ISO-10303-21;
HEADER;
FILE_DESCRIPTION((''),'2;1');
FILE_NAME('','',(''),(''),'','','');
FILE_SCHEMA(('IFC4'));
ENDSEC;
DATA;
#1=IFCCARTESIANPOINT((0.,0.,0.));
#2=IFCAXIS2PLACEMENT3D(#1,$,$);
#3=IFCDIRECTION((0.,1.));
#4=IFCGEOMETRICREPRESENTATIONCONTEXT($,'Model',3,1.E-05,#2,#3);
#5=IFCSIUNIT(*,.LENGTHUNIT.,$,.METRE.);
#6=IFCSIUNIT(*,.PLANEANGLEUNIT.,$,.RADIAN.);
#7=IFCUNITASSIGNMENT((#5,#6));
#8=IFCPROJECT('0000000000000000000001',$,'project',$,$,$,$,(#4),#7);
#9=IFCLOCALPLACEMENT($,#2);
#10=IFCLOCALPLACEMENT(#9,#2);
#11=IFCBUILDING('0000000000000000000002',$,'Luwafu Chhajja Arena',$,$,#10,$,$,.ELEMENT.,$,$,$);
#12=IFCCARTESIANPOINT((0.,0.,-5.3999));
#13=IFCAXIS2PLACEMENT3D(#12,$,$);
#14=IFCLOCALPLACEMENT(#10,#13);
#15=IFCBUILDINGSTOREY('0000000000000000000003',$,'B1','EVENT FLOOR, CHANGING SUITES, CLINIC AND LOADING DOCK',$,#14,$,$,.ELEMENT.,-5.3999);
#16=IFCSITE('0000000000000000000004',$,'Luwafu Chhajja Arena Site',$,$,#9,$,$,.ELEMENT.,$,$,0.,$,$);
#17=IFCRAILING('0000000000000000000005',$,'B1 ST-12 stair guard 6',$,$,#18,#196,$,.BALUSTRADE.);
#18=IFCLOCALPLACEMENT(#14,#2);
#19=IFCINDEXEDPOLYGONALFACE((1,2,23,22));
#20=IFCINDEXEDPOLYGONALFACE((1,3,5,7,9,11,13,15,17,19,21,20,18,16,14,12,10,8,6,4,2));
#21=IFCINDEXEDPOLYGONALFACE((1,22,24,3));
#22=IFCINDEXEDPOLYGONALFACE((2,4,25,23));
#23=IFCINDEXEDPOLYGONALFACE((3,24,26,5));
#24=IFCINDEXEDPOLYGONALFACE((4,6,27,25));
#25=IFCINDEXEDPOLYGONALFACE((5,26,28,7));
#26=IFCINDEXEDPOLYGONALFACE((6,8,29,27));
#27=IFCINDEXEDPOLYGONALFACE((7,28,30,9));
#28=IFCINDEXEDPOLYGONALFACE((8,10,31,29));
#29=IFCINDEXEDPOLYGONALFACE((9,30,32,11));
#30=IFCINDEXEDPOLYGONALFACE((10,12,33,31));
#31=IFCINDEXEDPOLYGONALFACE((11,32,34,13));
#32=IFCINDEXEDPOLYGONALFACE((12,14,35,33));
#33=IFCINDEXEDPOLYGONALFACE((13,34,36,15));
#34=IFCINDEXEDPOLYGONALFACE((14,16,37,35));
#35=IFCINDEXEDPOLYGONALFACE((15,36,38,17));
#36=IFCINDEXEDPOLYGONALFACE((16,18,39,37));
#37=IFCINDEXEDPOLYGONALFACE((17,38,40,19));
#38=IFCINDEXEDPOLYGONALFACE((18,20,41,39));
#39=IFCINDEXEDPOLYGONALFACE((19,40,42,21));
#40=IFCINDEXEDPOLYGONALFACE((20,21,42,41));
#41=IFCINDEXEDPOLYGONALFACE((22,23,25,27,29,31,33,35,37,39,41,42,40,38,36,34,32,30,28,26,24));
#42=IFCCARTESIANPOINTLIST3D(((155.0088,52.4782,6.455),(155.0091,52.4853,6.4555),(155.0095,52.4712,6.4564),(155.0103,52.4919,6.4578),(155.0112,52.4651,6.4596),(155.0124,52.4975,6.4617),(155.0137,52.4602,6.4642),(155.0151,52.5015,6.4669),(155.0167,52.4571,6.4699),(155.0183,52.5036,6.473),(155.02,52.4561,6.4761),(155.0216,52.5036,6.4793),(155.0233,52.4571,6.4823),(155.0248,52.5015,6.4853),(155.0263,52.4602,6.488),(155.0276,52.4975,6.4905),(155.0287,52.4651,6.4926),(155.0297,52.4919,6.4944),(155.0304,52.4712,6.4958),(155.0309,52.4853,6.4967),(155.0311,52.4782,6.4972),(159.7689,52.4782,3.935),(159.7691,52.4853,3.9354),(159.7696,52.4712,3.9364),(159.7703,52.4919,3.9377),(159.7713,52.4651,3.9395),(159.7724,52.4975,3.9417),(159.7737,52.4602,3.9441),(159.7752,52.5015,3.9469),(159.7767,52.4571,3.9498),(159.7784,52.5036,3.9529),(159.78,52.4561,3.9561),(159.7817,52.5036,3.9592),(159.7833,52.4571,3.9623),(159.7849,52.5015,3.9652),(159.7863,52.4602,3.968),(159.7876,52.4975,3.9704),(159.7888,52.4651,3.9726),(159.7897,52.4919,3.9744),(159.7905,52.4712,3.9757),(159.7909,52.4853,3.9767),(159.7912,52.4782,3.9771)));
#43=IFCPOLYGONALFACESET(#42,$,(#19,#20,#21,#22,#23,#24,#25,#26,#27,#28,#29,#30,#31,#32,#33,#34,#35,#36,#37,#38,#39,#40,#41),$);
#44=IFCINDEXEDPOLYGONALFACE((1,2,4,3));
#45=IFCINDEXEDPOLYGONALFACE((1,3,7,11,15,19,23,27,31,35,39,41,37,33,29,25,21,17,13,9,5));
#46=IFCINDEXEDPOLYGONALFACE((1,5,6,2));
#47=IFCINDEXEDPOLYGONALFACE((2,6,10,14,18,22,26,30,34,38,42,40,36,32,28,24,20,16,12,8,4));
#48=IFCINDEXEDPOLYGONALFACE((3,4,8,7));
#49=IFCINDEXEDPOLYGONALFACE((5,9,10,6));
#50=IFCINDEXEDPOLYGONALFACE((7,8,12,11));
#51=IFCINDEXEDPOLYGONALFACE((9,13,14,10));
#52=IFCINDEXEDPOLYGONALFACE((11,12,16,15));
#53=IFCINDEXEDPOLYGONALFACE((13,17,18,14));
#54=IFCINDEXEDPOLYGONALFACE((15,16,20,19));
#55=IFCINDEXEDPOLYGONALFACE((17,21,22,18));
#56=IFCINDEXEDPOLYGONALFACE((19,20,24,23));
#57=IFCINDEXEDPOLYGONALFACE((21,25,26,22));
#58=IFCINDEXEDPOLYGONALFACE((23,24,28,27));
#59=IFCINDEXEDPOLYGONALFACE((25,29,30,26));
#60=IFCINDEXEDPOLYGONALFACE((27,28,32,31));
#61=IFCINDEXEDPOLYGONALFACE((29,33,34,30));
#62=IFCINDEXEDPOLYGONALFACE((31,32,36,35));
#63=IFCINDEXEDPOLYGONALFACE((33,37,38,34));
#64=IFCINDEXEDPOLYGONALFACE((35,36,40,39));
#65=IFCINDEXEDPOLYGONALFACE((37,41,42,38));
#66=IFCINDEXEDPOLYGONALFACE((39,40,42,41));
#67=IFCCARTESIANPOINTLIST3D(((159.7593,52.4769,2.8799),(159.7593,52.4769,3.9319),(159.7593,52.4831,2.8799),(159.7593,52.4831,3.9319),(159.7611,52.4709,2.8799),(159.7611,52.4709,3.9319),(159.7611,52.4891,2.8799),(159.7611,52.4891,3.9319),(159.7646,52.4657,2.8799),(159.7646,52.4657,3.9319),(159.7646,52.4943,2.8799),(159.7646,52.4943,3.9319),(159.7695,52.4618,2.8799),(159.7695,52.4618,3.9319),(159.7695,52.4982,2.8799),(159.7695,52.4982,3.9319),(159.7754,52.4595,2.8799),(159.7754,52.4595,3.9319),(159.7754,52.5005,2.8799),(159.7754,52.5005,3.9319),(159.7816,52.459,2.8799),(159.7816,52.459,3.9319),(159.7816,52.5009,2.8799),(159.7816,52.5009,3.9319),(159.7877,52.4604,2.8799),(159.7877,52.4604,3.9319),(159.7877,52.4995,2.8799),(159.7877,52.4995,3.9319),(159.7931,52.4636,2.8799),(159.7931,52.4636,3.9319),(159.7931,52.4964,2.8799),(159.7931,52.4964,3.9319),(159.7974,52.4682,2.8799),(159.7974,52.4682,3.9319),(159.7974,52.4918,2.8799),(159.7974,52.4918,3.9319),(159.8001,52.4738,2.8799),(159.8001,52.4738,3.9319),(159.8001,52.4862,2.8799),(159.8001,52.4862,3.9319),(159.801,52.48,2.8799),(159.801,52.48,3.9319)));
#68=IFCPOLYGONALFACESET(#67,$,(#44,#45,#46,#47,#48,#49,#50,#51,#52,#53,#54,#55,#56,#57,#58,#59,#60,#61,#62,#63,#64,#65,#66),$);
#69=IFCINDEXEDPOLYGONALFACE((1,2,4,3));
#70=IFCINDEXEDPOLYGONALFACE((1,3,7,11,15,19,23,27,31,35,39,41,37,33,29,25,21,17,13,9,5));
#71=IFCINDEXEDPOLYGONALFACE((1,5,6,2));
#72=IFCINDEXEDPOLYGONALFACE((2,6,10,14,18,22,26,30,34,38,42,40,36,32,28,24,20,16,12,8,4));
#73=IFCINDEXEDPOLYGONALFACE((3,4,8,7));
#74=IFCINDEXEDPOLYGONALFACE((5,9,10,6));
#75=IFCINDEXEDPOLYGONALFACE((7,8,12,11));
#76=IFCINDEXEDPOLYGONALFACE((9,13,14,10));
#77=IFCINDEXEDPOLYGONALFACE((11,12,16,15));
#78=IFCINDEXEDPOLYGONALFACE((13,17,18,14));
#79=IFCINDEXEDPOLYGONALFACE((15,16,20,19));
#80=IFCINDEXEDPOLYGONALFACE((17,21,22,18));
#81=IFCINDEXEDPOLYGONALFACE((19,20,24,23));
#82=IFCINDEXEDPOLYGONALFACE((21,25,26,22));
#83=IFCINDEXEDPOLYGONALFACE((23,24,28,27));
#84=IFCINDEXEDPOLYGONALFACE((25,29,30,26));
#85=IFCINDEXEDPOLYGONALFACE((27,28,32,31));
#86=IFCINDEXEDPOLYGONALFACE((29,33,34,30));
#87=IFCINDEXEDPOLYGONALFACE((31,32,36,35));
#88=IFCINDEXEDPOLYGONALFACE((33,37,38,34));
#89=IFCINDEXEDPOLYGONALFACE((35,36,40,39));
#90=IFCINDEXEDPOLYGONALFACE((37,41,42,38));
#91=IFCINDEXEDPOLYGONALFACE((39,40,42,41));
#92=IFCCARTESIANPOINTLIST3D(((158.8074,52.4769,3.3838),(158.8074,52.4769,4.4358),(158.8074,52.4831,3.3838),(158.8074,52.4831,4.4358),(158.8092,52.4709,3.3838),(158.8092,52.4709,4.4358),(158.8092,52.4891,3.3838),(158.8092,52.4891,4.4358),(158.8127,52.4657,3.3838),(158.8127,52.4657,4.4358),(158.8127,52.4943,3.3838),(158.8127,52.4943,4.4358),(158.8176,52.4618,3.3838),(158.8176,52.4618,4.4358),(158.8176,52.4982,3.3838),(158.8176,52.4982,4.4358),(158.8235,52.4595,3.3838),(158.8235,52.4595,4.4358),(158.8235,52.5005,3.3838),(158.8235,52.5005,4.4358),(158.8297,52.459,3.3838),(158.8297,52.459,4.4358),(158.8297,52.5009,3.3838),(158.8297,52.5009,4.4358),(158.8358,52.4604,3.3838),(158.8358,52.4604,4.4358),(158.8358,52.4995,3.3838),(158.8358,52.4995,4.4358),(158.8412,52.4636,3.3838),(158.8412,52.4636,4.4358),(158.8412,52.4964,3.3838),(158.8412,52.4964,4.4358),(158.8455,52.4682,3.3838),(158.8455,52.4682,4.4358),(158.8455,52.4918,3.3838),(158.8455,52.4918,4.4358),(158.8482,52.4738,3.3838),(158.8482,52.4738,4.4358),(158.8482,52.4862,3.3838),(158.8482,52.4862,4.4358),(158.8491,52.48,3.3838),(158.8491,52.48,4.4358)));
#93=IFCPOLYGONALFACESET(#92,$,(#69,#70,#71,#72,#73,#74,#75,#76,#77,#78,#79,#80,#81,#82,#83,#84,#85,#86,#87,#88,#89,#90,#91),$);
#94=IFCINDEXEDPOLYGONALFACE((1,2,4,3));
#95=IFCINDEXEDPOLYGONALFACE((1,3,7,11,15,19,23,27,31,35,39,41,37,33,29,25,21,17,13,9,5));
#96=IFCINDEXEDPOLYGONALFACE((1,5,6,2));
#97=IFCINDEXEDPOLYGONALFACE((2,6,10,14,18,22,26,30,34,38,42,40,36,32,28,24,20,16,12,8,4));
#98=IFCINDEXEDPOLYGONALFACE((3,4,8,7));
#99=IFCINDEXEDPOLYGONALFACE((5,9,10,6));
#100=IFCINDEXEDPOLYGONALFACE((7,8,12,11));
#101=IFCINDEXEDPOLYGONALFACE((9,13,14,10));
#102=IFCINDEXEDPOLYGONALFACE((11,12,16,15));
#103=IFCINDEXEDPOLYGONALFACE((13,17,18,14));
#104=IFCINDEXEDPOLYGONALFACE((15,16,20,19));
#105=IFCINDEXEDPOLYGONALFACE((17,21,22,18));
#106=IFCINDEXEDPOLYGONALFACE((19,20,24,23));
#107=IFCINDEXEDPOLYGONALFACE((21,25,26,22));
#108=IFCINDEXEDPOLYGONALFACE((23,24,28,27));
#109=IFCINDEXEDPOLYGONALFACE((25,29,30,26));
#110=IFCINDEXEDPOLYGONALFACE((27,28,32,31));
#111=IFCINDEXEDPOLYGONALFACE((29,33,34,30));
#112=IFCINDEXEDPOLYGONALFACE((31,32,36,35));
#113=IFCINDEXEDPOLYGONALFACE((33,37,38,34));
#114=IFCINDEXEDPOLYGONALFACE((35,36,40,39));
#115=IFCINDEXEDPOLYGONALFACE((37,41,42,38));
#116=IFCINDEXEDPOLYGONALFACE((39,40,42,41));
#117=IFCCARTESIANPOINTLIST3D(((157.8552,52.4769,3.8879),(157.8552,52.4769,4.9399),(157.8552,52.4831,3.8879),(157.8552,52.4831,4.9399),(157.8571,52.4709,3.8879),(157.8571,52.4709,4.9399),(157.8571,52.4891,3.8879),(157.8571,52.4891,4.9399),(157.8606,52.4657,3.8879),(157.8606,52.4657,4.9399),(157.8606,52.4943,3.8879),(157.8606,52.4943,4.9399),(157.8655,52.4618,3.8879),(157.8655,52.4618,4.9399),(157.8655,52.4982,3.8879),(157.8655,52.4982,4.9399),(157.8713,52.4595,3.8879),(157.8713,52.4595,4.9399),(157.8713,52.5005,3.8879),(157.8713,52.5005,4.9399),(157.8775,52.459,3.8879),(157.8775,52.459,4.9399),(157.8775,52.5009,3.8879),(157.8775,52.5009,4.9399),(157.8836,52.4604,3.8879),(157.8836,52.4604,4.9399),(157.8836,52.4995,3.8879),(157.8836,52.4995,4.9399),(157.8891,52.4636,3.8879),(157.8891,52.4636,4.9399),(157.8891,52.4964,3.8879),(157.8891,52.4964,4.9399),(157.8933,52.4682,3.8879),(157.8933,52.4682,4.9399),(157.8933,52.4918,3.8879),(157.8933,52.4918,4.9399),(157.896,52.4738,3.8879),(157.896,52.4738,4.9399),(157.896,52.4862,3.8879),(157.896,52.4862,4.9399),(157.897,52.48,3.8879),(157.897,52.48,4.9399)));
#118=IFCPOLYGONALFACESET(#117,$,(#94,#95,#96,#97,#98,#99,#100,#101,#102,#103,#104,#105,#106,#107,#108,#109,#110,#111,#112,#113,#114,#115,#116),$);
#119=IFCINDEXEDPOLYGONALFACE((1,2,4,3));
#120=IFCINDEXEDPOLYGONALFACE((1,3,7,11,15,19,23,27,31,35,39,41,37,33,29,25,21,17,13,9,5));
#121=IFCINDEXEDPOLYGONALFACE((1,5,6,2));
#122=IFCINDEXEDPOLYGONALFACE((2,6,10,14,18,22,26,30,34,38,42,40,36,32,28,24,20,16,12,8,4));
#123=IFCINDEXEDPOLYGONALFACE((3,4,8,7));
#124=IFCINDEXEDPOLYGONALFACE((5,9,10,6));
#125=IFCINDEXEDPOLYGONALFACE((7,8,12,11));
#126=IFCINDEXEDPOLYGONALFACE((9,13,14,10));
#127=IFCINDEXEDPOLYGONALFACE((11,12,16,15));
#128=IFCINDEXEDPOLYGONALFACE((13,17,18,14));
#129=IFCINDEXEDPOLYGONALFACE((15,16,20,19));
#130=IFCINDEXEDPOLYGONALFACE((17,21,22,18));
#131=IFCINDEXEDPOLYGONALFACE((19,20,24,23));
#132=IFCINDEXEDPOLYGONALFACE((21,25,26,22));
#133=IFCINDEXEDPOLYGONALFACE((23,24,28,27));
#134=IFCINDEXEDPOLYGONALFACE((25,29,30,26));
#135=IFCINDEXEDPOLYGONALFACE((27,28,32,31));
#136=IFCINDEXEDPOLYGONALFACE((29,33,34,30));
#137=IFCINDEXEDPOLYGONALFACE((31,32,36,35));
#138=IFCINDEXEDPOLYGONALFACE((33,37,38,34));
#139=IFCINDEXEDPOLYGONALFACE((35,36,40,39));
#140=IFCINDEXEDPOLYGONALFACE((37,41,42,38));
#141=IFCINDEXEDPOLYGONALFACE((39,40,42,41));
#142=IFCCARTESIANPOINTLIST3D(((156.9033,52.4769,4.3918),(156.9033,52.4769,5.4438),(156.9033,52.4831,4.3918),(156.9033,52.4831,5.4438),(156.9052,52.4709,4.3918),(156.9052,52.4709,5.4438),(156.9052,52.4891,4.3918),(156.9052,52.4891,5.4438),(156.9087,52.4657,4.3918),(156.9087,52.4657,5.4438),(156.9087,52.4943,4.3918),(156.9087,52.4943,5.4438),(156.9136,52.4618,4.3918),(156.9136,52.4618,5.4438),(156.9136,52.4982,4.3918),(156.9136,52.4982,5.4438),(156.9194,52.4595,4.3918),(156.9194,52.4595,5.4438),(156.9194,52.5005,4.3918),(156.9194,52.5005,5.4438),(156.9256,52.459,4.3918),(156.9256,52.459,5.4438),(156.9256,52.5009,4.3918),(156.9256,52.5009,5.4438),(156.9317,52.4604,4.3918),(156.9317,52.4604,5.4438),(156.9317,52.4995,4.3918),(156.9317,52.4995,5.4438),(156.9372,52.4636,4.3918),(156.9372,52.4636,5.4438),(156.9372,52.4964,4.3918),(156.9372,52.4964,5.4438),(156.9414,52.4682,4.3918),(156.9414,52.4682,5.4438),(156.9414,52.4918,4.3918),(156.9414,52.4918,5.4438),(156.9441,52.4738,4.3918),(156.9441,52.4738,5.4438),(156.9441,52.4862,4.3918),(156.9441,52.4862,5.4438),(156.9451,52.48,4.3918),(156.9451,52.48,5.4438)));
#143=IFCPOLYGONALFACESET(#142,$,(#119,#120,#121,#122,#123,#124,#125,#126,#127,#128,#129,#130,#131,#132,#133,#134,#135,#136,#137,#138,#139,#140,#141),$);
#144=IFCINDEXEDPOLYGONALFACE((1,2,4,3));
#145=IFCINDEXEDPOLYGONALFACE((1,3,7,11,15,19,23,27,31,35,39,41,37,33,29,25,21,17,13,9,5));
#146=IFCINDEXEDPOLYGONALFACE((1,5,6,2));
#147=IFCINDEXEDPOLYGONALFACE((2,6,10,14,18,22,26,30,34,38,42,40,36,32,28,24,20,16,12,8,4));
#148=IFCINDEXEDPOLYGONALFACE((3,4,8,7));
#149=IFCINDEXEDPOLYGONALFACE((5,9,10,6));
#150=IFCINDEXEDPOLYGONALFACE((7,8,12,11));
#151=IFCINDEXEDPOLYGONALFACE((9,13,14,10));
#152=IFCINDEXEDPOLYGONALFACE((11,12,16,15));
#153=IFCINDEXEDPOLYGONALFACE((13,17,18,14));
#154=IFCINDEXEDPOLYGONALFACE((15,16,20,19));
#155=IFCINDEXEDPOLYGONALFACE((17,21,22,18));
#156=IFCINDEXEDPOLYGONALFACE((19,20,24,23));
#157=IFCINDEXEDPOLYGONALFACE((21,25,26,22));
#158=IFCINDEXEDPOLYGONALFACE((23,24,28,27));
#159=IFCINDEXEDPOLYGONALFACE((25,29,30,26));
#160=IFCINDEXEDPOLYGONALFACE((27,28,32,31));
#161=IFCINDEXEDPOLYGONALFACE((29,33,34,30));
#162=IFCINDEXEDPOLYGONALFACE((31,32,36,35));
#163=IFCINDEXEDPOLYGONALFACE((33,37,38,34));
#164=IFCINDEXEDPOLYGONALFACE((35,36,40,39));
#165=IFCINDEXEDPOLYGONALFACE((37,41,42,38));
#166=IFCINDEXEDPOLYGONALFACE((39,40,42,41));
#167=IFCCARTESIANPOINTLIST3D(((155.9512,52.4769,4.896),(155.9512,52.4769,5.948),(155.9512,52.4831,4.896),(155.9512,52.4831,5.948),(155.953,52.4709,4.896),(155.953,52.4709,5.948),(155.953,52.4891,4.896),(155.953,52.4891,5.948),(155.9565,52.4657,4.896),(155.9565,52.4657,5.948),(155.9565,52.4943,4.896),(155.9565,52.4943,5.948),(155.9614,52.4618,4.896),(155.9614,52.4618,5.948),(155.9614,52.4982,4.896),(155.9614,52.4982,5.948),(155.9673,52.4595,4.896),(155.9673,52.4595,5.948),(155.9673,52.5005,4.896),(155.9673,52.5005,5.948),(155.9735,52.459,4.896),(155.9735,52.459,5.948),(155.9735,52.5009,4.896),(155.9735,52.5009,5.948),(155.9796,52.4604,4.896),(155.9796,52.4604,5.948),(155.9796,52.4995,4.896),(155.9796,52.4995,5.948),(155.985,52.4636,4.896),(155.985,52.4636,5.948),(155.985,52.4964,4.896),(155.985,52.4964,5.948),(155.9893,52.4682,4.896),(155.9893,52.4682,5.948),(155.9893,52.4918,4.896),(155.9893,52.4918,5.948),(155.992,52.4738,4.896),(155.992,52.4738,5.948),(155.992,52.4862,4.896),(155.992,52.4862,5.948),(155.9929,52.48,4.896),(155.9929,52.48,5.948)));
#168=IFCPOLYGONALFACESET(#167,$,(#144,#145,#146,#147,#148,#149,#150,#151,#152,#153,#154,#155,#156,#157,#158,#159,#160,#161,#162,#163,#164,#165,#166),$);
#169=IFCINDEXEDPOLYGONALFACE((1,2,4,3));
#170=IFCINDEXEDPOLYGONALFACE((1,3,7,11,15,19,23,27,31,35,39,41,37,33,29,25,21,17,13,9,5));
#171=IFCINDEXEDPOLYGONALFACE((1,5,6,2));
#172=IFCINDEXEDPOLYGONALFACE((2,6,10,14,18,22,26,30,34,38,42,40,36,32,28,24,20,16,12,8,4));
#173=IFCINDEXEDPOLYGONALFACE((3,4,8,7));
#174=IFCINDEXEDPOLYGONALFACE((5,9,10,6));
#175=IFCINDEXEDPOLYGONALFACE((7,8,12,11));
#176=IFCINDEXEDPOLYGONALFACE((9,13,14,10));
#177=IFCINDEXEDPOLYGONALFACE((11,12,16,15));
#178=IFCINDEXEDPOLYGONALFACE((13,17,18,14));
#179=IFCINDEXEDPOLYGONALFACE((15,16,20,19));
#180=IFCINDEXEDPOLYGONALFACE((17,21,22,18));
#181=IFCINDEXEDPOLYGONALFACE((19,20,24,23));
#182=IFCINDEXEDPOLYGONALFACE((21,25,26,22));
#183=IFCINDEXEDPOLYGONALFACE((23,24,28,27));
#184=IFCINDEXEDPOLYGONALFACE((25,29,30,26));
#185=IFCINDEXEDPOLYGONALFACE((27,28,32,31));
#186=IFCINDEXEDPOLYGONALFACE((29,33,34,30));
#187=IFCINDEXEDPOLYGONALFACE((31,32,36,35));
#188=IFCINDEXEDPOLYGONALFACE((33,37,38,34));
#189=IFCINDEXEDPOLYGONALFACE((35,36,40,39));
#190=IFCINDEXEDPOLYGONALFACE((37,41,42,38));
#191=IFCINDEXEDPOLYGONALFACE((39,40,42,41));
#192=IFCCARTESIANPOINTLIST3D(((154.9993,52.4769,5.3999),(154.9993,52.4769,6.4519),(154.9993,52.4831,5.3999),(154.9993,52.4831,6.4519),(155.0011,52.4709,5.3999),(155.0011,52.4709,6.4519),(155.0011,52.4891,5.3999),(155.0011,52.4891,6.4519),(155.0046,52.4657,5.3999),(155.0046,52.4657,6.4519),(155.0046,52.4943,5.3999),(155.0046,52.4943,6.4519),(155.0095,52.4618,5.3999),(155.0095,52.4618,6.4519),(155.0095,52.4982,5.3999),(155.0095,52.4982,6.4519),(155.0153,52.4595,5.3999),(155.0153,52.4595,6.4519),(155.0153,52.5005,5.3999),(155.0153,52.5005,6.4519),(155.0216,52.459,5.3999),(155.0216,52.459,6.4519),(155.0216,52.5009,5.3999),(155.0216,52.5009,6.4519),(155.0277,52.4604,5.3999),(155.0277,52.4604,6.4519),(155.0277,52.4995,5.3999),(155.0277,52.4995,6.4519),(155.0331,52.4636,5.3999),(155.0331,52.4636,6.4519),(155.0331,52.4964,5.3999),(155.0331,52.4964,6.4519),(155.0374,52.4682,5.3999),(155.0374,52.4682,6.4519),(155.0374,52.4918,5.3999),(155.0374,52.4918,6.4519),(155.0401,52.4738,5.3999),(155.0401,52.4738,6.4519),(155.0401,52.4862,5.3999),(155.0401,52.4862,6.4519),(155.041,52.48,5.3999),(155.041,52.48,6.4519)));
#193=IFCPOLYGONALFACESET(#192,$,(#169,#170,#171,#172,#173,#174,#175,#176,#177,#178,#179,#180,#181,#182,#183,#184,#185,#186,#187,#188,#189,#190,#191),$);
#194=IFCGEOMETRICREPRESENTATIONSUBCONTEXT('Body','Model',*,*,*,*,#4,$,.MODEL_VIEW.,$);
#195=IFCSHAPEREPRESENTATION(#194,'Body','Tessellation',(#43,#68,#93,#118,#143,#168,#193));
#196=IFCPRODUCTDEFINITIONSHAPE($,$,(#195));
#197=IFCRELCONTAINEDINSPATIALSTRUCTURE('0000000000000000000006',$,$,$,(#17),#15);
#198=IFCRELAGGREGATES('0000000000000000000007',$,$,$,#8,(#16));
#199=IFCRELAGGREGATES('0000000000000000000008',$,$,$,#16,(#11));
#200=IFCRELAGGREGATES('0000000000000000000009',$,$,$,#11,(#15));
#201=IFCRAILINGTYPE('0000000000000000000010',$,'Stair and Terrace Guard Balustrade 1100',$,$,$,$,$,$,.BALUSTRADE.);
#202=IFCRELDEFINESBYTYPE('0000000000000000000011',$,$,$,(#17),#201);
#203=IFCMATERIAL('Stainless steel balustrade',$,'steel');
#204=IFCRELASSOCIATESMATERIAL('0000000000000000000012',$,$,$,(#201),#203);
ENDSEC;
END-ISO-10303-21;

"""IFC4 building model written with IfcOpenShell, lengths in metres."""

from ifc_helpers import new_model, si_unit, direction, frame, origin, origin_2d, place, context, subcontext, project, spatial, circle, extrude, material, type_object, element, save


model = new_model("IFC4")

# Units and contexts
model_context = context("Model", 3, precision=1e-05, world=origin(), true_north=direction((0.0, 1.0)))
body_context = subcontext(model_context, "Body", "Model", "MODEL_VIEW")
ifc_project = project(units=[si_unit("LENGTHUNIT", "METRE"), si_unit("PLANEANGLEUNIT", "RADIAN")], contexts=[model_context])

# Site, building, storey
site_placement = place(None, origin())
site = spatial("IfcSite", under=ifc_project, at=site_placement, Name="Luwafu Chhajja Arena Site", CompositionType="ELEMENT", RefElevation=0.0)
building_placement = place(site_placement, origin())
building = spatial("IfcBuilding", under=site, at=building_placement, Name="Luwafu Chhajja Arena", CompositionType="ELEMENT")
storey_placement = place(building_placement, frame((0.0, 0.0, -5.3999)))
storey = spatial("IfcBuildingStorey", under=building, at=storey_placement, Name="B1", Description="EVENT FLOOR, CHANGING SUITES, CLINIC AND LOADING DOCK", CompositionType="ELEMENT", Elevation=-5.3999)

# Railing
ifc_material_1 = material(Name="Stainless steel balustrade", Category="steel")
railing_type_1 = type_object("IfcRailingType", Name="Stair and Terrace Guard Balustrade 1100", PredefinedType="BALUSTRADE", material=ifc_material_1)
railing_1_placement = place(storey_placement, frame((159.78, 52.48, 2.8799)))
element("IfcRailing", 1, at=railing_1_placement, inside=storey, type_object=railing_type_1, Name="B1 ST-12 stair guard 6", PredefinedType="BALUSTRADE", context=body_context, shape_type="SweptSolid", body=[
    extrude(circle(Radius=0.0239, at=origin_2d()), frame((0.0, 0.0, 1.0762), z_axis=(-0.883787, 0.0, 0.46789), x_axis=(0.0, -1.0, 0.0)), (0.0, 0.0, 1.0), 5.386),
    extrude(circle(Radius=0.021, at=origin_2d()), origin(), (0.0, 0.0, 1.0), 1.052),
    extrude(circle(Radius=0.021, at=origin_2d()), frame((-0.9519, 0.0, 0.5039)), (0.0, 0.0, 1.0), 1.052),
    extrude(circle(Radius=0.021, at=origin_2d()), frame((-1.9041, 0.0, 1.0081)), (0.0, 0.0, 1.0), 1.052),
    extrude(circle(Radius=0.021, at=origin_2d()), frame((-2.856, 0.0, 1.512)), (0.0, 0.0, 1.0), 1.052),
    extrude(circle(Radius=0.021, at=origin_2d()), frame((-3.8081, 0.0, 2.0161)), (0.0, 0.0, 1.0), 1.052),
    extrude(circle(Radius=0.021, at=origin_2d()), frame((-4.76, 0.0, 2.52)), (0.0, 0.0, 1.0), 1.052),
])

save(model, "model.ifc")
